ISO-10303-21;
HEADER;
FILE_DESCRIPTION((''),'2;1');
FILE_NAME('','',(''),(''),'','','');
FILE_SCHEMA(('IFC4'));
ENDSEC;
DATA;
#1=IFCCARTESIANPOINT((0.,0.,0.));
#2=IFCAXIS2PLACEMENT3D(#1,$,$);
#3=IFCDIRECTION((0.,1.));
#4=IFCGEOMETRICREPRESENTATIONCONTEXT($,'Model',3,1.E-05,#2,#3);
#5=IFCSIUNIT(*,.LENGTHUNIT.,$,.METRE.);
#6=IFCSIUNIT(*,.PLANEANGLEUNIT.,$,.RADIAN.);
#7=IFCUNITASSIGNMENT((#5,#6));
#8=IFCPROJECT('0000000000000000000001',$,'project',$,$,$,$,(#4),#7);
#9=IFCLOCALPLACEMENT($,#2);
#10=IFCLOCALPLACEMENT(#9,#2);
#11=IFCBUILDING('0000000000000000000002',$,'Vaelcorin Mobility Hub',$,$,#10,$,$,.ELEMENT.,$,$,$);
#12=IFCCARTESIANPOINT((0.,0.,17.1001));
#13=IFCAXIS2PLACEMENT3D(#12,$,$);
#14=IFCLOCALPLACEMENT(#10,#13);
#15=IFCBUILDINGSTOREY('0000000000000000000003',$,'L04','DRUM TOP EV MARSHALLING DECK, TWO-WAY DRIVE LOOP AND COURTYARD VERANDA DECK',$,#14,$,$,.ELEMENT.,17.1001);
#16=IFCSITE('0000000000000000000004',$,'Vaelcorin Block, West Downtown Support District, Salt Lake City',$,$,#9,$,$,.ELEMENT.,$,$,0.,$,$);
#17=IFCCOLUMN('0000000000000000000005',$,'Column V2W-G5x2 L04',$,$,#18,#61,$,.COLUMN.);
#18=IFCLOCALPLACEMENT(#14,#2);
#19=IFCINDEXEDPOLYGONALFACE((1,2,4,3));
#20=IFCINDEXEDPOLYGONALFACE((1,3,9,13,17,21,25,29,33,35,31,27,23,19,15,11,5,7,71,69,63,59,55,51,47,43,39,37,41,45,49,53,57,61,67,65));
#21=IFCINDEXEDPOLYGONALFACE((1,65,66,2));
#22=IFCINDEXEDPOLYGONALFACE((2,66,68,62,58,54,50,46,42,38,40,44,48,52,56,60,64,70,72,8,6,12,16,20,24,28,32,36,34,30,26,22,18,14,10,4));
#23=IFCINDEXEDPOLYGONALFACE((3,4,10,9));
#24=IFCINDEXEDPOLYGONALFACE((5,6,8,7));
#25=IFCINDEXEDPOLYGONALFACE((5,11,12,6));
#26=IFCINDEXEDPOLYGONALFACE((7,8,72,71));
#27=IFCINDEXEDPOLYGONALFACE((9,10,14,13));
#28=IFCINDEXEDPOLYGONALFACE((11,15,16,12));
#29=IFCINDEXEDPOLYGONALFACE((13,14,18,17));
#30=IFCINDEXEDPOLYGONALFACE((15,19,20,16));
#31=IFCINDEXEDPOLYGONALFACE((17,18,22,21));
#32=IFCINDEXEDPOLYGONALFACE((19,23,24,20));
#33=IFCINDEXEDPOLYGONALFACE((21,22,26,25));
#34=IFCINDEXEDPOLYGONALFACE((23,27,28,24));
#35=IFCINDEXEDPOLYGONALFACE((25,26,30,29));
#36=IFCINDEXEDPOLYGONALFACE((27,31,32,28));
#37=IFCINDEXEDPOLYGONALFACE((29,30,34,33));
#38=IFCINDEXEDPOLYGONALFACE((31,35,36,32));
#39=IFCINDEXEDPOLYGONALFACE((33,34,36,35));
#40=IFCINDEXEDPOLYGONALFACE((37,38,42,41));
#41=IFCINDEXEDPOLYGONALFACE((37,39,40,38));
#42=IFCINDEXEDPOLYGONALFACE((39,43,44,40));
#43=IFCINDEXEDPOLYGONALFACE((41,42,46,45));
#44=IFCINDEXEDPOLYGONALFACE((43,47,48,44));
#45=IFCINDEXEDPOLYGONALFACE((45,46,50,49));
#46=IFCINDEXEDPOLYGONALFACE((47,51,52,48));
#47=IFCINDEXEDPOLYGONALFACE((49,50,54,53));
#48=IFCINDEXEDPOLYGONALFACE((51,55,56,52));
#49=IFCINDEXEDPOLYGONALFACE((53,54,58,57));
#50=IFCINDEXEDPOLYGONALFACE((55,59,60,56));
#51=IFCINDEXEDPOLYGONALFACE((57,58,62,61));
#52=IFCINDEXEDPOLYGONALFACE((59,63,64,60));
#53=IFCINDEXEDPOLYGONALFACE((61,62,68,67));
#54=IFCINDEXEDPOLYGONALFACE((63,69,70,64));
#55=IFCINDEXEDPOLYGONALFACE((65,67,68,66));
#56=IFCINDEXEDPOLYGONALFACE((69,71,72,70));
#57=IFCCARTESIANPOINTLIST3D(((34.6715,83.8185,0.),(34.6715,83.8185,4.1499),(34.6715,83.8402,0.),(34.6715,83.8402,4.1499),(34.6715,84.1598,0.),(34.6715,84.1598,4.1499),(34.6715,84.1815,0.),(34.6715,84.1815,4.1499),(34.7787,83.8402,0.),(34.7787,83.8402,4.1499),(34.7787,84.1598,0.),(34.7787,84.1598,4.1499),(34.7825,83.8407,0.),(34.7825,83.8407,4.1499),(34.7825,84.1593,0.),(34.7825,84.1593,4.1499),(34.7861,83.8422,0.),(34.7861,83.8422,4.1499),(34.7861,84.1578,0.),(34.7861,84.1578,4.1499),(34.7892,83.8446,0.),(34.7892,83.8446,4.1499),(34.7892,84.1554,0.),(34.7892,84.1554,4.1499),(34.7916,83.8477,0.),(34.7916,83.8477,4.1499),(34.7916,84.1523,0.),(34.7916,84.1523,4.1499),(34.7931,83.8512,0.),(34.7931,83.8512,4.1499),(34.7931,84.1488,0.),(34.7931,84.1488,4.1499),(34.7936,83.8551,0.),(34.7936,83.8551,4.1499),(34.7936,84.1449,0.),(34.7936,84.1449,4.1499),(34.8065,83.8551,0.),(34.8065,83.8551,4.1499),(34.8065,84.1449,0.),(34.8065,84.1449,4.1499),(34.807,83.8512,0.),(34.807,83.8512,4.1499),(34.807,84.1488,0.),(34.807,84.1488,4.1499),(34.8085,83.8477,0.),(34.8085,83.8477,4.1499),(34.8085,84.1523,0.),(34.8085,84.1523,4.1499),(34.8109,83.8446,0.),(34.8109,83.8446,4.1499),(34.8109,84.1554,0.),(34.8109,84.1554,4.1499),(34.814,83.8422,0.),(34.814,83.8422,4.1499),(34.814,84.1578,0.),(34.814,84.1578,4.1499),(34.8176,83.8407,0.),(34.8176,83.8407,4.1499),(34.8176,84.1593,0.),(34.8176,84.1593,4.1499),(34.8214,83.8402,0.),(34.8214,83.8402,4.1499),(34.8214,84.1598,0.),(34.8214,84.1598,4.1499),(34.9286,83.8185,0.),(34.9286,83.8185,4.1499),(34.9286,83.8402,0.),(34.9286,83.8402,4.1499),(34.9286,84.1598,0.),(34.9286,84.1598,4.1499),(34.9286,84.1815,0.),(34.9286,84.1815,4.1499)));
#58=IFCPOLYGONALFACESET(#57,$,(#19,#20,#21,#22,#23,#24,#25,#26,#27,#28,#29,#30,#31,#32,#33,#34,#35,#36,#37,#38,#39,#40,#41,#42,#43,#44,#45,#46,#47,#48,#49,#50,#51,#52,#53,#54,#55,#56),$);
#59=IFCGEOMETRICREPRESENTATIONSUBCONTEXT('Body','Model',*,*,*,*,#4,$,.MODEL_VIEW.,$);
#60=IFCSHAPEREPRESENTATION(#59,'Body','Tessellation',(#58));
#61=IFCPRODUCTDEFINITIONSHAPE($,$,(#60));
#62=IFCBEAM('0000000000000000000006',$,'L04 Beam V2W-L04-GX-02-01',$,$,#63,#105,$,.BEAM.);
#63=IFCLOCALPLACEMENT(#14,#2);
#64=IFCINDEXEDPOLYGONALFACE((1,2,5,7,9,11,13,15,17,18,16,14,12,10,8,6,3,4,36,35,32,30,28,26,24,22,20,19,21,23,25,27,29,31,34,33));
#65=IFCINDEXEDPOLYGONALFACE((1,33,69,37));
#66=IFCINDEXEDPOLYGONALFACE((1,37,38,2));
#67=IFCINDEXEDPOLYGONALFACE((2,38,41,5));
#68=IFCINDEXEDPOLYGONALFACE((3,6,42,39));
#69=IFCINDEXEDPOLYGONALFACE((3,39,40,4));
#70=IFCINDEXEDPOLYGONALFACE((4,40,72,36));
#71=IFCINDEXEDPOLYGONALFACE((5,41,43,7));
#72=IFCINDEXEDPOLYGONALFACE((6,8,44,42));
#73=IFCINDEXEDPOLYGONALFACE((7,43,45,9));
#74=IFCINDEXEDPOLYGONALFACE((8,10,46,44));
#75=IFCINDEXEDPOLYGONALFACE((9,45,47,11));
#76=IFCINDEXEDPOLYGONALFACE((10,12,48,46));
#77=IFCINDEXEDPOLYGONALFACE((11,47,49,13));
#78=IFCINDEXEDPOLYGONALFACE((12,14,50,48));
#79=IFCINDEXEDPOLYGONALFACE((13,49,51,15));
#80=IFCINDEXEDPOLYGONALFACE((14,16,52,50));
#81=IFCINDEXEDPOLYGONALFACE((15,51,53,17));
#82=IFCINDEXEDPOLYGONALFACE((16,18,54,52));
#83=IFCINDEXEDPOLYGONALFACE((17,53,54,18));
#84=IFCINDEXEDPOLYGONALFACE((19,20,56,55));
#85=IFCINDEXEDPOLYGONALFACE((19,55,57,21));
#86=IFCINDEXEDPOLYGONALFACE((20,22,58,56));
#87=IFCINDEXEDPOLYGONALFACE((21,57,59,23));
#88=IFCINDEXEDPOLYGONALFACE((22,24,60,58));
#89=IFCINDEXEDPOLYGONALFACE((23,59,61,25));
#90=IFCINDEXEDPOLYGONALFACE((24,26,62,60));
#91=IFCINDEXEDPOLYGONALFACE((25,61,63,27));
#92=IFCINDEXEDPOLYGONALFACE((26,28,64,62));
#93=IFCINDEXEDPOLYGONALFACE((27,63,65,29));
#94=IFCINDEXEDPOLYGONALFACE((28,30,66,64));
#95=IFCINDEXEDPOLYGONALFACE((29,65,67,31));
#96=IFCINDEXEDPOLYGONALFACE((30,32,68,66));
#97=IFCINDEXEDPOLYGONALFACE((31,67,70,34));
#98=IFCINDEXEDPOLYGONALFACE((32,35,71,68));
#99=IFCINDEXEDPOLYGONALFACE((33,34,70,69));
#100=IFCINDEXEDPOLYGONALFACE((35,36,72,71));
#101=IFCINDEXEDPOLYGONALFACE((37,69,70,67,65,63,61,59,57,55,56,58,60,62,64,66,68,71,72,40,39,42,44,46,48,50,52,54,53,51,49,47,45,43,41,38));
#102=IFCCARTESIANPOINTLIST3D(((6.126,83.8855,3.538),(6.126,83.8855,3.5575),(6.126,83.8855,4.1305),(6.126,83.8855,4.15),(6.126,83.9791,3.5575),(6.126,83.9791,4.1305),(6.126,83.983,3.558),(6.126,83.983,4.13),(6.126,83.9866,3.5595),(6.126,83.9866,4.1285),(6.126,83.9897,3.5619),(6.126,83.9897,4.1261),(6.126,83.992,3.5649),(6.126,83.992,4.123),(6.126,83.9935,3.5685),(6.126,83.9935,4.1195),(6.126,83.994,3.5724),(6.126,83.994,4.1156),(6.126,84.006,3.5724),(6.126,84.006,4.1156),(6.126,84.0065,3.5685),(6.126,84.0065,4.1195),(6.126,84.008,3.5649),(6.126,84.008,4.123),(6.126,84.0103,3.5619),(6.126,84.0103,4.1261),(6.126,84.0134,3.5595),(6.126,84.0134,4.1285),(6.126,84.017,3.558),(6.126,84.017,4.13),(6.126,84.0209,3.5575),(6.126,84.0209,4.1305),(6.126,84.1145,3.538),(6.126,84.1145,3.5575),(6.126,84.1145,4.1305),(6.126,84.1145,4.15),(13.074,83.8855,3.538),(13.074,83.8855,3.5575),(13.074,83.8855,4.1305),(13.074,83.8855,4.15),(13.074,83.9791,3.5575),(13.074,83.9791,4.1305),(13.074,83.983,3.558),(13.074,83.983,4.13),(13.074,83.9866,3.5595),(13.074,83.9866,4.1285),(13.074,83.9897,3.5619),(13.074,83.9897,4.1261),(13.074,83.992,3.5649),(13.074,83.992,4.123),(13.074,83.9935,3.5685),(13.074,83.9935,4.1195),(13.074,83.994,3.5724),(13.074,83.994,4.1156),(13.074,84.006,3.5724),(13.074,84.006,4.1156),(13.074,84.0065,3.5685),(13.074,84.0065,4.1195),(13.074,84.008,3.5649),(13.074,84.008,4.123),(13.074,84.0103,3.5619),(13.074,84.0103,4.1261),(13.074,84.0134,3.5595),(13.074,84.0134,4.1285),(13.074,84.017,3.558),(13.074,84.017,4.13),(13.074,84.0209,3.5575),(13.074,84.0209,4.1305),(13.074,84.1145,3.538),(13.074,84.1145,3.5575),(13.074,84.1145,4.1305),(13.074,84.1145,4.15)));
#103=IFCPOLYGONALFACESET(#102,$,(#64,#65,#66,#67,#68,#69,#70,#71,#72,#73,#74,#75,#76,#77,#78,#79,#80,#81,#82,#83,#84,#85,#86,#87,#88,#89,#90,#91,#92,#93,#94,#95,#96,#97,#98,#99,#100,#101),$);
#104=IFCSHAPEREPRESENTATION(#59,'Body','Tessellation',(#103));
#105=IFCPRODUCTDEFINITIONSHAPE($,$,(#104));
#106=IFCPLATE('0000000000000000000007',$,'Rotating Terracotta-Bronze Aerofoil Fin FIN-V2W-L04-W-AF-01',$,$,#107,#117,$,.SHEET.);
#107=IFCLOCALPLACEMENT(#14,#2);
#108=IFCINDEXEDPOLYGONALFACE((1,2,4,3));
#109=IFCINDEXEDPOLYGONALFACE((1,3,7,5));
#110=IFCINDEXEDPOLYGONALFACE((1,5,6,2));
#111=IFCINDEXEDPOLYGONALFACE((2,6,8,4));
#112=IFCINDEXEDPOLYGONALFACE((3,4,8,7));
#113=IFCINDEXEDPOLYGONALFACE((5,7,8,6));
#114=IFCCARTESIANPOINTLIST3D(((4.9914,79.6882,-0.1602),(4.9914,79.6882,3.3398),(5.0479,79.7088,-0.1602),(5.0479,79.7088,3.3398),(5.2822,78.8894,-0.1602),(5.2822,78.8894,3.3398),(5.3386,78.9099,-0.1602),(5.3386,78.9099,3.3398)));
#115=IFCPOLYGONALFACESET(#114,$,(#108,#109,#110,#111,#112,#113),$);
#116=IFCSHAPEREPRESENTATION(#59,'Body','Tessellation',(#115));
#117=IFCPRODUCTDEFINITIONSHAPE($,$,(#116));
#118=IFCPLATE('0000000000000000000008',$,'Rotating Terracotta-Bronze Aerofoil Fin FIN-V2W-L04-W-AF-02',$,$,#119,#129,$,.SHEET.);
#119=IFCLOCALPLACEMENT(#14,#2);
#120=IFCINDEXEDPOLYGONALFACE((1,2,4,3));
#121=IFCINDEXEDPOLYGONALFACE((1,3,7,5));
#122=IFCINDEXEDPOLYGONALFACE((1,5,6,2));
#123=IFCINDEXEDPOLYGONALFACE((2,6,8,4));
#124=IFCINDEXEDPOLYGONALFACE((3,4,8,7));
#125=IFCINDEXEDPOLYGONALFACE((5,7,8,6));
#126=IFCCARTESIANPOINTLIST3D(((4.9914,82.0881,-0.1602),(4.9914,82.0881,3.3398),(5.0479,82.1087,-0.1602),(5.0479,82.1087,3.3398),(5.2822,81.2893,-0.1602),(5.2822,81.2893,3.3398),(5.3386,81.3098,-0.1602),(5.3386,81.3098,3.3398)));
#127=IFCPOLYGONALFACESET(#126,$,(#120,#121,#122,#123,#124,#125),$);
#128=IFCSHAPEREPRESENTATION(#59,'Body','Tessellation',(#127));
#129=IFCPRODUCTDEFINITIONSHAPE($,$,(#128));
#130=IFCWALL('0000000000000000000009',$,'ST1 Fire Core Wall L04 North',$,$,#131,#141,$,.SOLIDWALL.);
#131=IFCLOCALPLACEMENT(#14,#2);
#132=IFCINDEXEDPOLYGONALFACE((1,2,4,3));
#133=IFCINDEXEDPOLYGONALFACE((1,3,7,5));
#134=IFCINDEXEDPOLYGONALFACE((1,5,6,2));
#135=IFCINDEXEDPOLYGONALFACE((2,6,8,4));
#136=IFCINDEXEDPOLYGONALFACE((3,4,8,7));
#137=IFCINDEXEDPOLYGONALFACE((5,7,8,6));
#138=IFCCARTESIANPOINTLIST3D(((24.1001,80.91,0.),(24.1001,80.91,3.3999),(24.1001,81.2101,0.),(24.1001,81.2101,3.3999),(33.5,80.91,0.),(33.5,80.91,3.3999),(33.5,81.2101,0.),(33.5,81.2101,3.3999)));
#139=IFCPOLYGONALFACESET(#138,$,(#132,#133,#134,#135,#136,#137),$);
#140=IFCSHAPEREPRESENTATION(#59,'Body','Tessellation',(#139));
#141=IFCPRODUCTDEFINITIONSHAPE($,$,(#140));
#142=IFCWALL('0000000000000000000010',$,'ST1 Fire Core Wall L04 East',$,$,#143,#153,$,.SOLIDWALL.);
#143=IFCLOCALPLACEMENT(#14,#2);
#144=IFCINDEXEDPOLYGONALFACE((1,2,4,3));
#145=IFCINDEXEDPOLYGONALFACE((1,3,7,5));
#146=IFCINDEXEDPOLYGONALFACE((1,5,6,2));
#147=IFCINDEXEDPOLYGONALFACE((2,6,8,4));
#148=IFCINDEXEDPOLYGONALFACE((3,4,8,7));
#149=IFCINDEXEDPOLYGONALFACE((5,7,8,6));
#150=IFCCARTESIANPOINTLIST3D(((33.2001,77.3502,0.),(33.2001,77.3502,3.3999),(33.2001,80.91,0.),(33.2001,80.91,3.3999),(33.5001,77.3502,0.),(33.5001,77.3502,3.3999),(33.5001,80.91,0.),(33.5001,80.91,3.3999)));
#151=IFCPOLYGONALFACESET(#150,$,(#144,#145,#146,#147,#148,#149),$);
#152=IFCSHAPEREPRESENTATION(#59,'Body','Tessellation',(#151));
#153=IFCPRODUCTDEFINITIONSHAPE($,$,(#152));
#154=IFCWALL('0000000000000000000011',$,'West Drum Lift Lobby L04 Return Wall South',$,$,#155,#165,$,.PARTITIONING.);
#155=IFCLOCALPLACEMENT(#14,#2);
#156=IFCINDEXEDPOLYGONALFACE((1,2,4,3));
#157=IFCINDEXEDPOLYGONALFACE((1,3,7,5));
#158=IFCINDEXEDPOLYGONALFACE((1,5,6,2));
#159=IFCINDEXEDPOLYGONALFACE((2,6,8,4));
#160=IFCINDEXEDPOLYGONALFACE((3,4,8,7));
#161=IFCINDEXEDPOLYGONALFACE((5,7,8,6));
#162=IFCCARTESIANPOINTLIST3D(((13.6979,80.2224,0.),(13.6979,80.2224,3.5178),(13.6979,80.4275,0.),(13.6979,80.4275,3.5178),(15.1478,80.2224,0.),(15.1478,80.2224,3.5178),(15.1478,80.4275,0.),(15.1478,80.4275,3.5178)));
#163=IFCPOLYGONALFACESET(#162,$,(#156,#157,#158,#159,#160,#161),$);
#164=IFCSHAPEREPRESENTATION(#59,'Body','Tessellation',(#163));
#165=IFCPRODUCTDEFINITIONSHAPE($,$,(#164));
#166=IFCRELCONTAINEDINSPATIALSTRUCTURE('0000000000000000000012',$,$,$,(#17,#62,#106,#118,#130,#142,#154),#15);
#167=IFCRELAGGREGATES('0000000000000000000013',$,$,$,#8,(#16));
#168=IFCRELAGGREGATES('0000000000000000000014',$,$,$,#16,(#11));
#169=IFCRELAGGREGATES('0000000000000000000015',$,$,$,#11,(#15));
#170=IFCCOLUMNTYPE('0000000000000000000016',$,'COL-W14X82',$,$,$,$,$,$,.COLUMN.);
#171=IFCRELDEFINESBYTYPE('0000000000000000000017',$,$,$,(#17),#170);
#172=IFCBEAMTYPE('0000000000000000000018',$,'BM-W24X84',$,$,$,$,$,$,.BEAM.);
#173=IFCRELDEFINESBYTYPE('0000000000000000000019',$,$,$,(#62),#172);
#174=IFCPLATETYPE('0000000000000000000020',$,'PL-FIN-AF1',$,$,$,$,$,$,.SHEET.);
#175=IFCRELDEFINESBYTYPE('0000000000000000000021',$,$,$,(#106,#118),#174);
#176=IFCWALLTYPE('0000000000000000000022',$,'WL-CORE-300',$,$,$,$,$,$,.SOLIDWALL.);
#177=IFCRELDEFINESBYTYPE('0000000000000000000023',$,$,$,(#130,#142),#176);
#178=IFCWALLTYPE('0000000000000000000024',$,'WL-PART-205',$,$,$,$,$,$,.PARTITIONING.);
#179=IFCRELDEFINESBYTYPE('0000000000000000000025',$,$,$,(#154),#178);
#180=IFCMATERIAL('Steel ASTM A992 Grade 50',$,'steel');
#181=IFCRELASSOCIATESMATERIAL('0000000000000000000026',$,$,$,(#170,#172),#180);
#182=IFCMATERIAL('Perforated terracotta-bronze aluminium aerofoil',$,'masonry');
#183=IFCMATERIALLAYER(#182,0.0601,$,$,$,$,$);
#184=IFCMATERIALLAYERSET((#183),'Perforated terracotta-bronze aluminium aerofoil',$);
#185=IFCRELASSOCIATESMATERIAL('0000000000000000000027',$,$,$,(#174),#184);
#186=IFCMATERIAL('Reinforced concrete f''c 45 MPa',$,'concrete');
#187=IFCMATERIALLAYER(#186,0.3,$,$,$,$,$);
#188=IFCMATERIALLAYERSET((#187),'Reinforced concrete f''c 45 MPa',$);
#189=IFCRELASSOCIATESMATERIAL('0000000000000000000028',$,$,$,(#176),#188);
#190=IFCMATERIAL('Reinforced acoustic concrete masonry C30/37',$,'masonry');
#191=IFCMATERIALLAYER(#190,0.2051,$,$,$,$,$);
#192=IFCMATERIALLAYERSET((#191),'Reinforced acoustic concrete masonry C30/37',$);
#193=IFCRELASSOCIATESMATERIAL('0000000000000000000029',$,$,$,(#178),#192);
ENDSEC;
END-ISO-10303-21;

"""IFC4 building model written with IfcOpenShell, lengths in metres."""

from ifc_helpers import new_model, si_unit, direction, frame, frame_2d, origin, origin_2d, place, context, subcontext, project, spatial, rectangle, i_section, extrude, material, layer, layer_set, material_profile, profile_set, type_object, element, save


model = new_model("IFC4")

# Units and contexts
model_context = context("Model", 3, precision=1e-05, world=origin(), true_north=direction((0.0, 1.0)))
body_context = subcontext(model_context, "Body", "Model", "MODEL_VIEW")
ifc_project = project(units=[si_unit("LENGTHUNIT", "METRE"), si_unit("PLANEANGLEUNIT", "RADIAN")], contexts=[model_context])

# Site, building, storey
site_placement = place(None, origin())
site = spatial("IfcSite", under=ifc_project, at=site_placement, Name="Vaelcorin Block, West Downtown Support District, Salt Lake City", CompositionType="ELEMENT", RefElevation=0.0)
building_placement = place(site_placement, origin())
building = spatial("IfcBuilding", under=site, at=building_placement, Name="Vaelcorin Mobility Hub", CompositionType="ELEMENT")
storey_placement = place(building_placement, frame((0.0, 0.0, 17.1001)))
storey = spatial("IfcBuildingStorey", under=building, at=storey_placement, Name="L04", Description="DRUM TOP EV MARSHALLING DECK, TWO-WAY DRIVE LOOP AND COURTYARD VERANDA DECK", CompositionType="ELEMENT", Elevation=17.1001)

# Column
ifc_material_1 = material(Name="Steel ASTM A992 Grade 50", Category="steel")
ifc_material_profile_1 = material_profile(ifc_material_1, i_section(OverallWidth=0.2571, OverallDepth=0.363, WebThickness=0.0129, FlangeThickness=0.0217, FilletRadius=0.0149, at=origin_2d()), Name="W14X82")
ifc_profile_set_1 = profile_set([ifc_material_profile_1], Name="Steel ASTM A992 Grade 50")
column_type = type_object("IfcColumnType", Name="COL-W14X82", PredefinedType="COLUMN", material=ifc_profile_set_1)
for number, where, z_axis, x_axis, name in (
    (1, (34.8, 84.0, 0.0), (0.0, 0.0, 1.0), (1.0, 0.0, 0.0), "Column V2W-G5x2 L04"),
):
    element("IfcColumn", number, at=place(storey_placement, frame(where, z_axis=z_axis, x_axis=x_axis)), inside=storey, type_object=column_type, Name=name, PredefinedType="COLUMN", context=body_context, shape_type="SweptSolid", body=[
        extrude(i_section(OverallWidth=0.2571, OverallDepth=0.363, WebThickness=0.0129, FlangeThickness=0.0217, FilletRadius=0.0149, at=origin_2d()), origin(), (0.0, 0.0, 1.0), 4.1499),
    ])

# Beam
ifc_material_profile_2 = material_profile(ifc_material_1, i_section(OverallWidth=0.229, OverallDepth=0.6121, WebThickness=0.012, FlangeThickness=0.0195, FilletRadius=0.0149, at=origin_2d()), Name="W24X84")
ifc_profile_set_2 = profile_set([ifc_material_profile_2], Name="Steel ASTM A992 Grade 50")
beam_type = type_object("IfcBeamType", Name="BM-W24X84", PredefinedType="BEAM", material=ifc_profile_set_2)
beam_placement = place(storey_placement, frame((6.126, 84.0, 3.844), z_axis=(1.0, 0.0, 0.0), x_axis=(0.0, 1.0, 0.0)))
element("IfcBeam", 2, at=beam_placement, inside=storey, type_object=beam_type, Name="L04 Beam V2W-L04-GX-02-01", PredefinedType="BEAM", context=body_context, shape_type="SweptSolid", body=[
    extrude(i_section(OverallWidth=0.229, OverallDepth=0.6121, WebThickness=0.012, FlangeThickness=0.0195, FilletRadius=0.0149, at=origin_2d()), origin(), (0.0, 0.0, 1.0), 6.948),
])

# Plates
ifc_material_2 = material(Name="Perforated terracotta-bronze aluminium aerofoil", Category="masonry")
ifc_layer_1 = layer(ifc_material_2, 0.0601)
ifc_layer_set_1 = layer_set([ifc_layer_1], Name="Perforated terracotta-bronze aluminium aerofoil")
plate_type = type_object("IfcPlateType", Name="PL-FIN-AF1", PredefinedType="SHEET", material=ifc_layer_set_1)
for number, where, z_axis, x_axis, name in (
    (3, (5.165, 79.2991, -0.1602), (0.0, 0.0, 1.0), (-0.34202, 0.939693, 0.0), "Rotating Terracotta-Bronze Aerofoil Fin FIN-V2W-L04-W-AF-01"),
    (4, (5.165, 81.699, -0.1602), (0.0, 0.0, 1.0), (-0.34202, 0.939693, 0.0), "Rotating Terracotta-Bronze Aerofoil Fin FIN-V2W-L04-W-AF-02"),
):
    element("IfcPlate", number, at=place(storey_placement, frame(where, z_axis=z_axis, x_axis=x_axis)), inside=storey, type_object=plate_type, Name=name, PredefinedType="SHEET", context=body_context, shape_type="SweptSolid", body=[
        extrude(rectangle(XDim=0.8501, YDim=0.0601, at=origin_2d()), origin(), (0.0, 0.0, 1.0), 3.5),
    ])

# Walls
ifc_material_3 = material(Name="Reinforced concrete f'c 45 MPa", Category="concrete")
ifc_layer_2 = layer(ifc_material_3, 0.3)
ifc_layer_set_2 = layer_set([ifc_layer_2], Name="Reinforced concrete f'c 45 MPa")
wall_type_1 = type_object("IfcWallType", Name="WL-CORE-300", PredefinedType="SOLIDWALL", material=ifc_layer_set_2)
wall_1_placement = place(storey_placement, frame((24.1001, 81.0601, 0.0), z_axis=(0.0, 0.0, 1.0), x_axis=(1.0, 0.0, 0.0)))
element("IfcWall", 5, at=wall_1_placement, inside=storey, type_object=wall_type_1, Name="ST1 Fire Core Wall L04 North", PredefinedType="SOLIDWALL", context=body_context, shape_type="SweptSolid", body=[
    extrude(rectangle(XDim=9.3999, YDim=0.3, at=frame_2d((4.7, 0.0))), origin(), (0.0, 0.0, 1.0), 3.3999),
])
wall_2_placement = place(storey_placement, frame((33.3501, 80.9099, 0.0), z_axis=(0.0, 0.0, 1.0), x_axis=(0.0, -1.0, 0.0)))
element("IfcWall", 6, at=wall_2_placement, inside=storey, type_object=wall_type_1, Name="ST1 Fire Core Wall L04 East", PredefinedType="SOLIDWALL", context=body_context, shape_type="SweptSolid", body=[
    extrude(rectangle(XDim=3.5598, YDim=0.3, at=frame_2d((1.7798, 0.0))), origin(), (0.0, 0.0, 1.0), 3.3999),
])
ifc_material_4 = material(Name="Reinforced acoustic concrete masonry C30/37", Category="masonry")
ifc_layer_3 = layer(ifc_material_4, 0.2051)
ifc_layer_set_3 = layer_set([ifc_layer_3], Name="Reinforced acoustic concrete masonry C30/37")
wall_type_2 = type_object("IfcWallType", Name="WL-PART-205", PredefinedType="PARTITIONING", material=ifc_layer_set_3)
wall_3_placement = place(storey_placement, frame((15.1479, 80.325, 0.0), z_axis=(0.0, 0.0, 1.0), x_axis=(-1.0, 0.0, 0.0)))
element("IfcWall", 7, at=wall_3_placement, inside=storey, type_object=wall_type_2, Name="West Drum Lift Lobby L04 Return Wall South", PredefinedType="PARTITIONING", context=body_context, shape_type="SweptSolid", body=[
    extrude(rectangle(XDim=1.45, YDim=0.2051, at=frame_2d((0.7251, 0.0))), origin(), (0.0, 0.0, 1.0), 3.5178),
])

save(model, "model.ifc")
